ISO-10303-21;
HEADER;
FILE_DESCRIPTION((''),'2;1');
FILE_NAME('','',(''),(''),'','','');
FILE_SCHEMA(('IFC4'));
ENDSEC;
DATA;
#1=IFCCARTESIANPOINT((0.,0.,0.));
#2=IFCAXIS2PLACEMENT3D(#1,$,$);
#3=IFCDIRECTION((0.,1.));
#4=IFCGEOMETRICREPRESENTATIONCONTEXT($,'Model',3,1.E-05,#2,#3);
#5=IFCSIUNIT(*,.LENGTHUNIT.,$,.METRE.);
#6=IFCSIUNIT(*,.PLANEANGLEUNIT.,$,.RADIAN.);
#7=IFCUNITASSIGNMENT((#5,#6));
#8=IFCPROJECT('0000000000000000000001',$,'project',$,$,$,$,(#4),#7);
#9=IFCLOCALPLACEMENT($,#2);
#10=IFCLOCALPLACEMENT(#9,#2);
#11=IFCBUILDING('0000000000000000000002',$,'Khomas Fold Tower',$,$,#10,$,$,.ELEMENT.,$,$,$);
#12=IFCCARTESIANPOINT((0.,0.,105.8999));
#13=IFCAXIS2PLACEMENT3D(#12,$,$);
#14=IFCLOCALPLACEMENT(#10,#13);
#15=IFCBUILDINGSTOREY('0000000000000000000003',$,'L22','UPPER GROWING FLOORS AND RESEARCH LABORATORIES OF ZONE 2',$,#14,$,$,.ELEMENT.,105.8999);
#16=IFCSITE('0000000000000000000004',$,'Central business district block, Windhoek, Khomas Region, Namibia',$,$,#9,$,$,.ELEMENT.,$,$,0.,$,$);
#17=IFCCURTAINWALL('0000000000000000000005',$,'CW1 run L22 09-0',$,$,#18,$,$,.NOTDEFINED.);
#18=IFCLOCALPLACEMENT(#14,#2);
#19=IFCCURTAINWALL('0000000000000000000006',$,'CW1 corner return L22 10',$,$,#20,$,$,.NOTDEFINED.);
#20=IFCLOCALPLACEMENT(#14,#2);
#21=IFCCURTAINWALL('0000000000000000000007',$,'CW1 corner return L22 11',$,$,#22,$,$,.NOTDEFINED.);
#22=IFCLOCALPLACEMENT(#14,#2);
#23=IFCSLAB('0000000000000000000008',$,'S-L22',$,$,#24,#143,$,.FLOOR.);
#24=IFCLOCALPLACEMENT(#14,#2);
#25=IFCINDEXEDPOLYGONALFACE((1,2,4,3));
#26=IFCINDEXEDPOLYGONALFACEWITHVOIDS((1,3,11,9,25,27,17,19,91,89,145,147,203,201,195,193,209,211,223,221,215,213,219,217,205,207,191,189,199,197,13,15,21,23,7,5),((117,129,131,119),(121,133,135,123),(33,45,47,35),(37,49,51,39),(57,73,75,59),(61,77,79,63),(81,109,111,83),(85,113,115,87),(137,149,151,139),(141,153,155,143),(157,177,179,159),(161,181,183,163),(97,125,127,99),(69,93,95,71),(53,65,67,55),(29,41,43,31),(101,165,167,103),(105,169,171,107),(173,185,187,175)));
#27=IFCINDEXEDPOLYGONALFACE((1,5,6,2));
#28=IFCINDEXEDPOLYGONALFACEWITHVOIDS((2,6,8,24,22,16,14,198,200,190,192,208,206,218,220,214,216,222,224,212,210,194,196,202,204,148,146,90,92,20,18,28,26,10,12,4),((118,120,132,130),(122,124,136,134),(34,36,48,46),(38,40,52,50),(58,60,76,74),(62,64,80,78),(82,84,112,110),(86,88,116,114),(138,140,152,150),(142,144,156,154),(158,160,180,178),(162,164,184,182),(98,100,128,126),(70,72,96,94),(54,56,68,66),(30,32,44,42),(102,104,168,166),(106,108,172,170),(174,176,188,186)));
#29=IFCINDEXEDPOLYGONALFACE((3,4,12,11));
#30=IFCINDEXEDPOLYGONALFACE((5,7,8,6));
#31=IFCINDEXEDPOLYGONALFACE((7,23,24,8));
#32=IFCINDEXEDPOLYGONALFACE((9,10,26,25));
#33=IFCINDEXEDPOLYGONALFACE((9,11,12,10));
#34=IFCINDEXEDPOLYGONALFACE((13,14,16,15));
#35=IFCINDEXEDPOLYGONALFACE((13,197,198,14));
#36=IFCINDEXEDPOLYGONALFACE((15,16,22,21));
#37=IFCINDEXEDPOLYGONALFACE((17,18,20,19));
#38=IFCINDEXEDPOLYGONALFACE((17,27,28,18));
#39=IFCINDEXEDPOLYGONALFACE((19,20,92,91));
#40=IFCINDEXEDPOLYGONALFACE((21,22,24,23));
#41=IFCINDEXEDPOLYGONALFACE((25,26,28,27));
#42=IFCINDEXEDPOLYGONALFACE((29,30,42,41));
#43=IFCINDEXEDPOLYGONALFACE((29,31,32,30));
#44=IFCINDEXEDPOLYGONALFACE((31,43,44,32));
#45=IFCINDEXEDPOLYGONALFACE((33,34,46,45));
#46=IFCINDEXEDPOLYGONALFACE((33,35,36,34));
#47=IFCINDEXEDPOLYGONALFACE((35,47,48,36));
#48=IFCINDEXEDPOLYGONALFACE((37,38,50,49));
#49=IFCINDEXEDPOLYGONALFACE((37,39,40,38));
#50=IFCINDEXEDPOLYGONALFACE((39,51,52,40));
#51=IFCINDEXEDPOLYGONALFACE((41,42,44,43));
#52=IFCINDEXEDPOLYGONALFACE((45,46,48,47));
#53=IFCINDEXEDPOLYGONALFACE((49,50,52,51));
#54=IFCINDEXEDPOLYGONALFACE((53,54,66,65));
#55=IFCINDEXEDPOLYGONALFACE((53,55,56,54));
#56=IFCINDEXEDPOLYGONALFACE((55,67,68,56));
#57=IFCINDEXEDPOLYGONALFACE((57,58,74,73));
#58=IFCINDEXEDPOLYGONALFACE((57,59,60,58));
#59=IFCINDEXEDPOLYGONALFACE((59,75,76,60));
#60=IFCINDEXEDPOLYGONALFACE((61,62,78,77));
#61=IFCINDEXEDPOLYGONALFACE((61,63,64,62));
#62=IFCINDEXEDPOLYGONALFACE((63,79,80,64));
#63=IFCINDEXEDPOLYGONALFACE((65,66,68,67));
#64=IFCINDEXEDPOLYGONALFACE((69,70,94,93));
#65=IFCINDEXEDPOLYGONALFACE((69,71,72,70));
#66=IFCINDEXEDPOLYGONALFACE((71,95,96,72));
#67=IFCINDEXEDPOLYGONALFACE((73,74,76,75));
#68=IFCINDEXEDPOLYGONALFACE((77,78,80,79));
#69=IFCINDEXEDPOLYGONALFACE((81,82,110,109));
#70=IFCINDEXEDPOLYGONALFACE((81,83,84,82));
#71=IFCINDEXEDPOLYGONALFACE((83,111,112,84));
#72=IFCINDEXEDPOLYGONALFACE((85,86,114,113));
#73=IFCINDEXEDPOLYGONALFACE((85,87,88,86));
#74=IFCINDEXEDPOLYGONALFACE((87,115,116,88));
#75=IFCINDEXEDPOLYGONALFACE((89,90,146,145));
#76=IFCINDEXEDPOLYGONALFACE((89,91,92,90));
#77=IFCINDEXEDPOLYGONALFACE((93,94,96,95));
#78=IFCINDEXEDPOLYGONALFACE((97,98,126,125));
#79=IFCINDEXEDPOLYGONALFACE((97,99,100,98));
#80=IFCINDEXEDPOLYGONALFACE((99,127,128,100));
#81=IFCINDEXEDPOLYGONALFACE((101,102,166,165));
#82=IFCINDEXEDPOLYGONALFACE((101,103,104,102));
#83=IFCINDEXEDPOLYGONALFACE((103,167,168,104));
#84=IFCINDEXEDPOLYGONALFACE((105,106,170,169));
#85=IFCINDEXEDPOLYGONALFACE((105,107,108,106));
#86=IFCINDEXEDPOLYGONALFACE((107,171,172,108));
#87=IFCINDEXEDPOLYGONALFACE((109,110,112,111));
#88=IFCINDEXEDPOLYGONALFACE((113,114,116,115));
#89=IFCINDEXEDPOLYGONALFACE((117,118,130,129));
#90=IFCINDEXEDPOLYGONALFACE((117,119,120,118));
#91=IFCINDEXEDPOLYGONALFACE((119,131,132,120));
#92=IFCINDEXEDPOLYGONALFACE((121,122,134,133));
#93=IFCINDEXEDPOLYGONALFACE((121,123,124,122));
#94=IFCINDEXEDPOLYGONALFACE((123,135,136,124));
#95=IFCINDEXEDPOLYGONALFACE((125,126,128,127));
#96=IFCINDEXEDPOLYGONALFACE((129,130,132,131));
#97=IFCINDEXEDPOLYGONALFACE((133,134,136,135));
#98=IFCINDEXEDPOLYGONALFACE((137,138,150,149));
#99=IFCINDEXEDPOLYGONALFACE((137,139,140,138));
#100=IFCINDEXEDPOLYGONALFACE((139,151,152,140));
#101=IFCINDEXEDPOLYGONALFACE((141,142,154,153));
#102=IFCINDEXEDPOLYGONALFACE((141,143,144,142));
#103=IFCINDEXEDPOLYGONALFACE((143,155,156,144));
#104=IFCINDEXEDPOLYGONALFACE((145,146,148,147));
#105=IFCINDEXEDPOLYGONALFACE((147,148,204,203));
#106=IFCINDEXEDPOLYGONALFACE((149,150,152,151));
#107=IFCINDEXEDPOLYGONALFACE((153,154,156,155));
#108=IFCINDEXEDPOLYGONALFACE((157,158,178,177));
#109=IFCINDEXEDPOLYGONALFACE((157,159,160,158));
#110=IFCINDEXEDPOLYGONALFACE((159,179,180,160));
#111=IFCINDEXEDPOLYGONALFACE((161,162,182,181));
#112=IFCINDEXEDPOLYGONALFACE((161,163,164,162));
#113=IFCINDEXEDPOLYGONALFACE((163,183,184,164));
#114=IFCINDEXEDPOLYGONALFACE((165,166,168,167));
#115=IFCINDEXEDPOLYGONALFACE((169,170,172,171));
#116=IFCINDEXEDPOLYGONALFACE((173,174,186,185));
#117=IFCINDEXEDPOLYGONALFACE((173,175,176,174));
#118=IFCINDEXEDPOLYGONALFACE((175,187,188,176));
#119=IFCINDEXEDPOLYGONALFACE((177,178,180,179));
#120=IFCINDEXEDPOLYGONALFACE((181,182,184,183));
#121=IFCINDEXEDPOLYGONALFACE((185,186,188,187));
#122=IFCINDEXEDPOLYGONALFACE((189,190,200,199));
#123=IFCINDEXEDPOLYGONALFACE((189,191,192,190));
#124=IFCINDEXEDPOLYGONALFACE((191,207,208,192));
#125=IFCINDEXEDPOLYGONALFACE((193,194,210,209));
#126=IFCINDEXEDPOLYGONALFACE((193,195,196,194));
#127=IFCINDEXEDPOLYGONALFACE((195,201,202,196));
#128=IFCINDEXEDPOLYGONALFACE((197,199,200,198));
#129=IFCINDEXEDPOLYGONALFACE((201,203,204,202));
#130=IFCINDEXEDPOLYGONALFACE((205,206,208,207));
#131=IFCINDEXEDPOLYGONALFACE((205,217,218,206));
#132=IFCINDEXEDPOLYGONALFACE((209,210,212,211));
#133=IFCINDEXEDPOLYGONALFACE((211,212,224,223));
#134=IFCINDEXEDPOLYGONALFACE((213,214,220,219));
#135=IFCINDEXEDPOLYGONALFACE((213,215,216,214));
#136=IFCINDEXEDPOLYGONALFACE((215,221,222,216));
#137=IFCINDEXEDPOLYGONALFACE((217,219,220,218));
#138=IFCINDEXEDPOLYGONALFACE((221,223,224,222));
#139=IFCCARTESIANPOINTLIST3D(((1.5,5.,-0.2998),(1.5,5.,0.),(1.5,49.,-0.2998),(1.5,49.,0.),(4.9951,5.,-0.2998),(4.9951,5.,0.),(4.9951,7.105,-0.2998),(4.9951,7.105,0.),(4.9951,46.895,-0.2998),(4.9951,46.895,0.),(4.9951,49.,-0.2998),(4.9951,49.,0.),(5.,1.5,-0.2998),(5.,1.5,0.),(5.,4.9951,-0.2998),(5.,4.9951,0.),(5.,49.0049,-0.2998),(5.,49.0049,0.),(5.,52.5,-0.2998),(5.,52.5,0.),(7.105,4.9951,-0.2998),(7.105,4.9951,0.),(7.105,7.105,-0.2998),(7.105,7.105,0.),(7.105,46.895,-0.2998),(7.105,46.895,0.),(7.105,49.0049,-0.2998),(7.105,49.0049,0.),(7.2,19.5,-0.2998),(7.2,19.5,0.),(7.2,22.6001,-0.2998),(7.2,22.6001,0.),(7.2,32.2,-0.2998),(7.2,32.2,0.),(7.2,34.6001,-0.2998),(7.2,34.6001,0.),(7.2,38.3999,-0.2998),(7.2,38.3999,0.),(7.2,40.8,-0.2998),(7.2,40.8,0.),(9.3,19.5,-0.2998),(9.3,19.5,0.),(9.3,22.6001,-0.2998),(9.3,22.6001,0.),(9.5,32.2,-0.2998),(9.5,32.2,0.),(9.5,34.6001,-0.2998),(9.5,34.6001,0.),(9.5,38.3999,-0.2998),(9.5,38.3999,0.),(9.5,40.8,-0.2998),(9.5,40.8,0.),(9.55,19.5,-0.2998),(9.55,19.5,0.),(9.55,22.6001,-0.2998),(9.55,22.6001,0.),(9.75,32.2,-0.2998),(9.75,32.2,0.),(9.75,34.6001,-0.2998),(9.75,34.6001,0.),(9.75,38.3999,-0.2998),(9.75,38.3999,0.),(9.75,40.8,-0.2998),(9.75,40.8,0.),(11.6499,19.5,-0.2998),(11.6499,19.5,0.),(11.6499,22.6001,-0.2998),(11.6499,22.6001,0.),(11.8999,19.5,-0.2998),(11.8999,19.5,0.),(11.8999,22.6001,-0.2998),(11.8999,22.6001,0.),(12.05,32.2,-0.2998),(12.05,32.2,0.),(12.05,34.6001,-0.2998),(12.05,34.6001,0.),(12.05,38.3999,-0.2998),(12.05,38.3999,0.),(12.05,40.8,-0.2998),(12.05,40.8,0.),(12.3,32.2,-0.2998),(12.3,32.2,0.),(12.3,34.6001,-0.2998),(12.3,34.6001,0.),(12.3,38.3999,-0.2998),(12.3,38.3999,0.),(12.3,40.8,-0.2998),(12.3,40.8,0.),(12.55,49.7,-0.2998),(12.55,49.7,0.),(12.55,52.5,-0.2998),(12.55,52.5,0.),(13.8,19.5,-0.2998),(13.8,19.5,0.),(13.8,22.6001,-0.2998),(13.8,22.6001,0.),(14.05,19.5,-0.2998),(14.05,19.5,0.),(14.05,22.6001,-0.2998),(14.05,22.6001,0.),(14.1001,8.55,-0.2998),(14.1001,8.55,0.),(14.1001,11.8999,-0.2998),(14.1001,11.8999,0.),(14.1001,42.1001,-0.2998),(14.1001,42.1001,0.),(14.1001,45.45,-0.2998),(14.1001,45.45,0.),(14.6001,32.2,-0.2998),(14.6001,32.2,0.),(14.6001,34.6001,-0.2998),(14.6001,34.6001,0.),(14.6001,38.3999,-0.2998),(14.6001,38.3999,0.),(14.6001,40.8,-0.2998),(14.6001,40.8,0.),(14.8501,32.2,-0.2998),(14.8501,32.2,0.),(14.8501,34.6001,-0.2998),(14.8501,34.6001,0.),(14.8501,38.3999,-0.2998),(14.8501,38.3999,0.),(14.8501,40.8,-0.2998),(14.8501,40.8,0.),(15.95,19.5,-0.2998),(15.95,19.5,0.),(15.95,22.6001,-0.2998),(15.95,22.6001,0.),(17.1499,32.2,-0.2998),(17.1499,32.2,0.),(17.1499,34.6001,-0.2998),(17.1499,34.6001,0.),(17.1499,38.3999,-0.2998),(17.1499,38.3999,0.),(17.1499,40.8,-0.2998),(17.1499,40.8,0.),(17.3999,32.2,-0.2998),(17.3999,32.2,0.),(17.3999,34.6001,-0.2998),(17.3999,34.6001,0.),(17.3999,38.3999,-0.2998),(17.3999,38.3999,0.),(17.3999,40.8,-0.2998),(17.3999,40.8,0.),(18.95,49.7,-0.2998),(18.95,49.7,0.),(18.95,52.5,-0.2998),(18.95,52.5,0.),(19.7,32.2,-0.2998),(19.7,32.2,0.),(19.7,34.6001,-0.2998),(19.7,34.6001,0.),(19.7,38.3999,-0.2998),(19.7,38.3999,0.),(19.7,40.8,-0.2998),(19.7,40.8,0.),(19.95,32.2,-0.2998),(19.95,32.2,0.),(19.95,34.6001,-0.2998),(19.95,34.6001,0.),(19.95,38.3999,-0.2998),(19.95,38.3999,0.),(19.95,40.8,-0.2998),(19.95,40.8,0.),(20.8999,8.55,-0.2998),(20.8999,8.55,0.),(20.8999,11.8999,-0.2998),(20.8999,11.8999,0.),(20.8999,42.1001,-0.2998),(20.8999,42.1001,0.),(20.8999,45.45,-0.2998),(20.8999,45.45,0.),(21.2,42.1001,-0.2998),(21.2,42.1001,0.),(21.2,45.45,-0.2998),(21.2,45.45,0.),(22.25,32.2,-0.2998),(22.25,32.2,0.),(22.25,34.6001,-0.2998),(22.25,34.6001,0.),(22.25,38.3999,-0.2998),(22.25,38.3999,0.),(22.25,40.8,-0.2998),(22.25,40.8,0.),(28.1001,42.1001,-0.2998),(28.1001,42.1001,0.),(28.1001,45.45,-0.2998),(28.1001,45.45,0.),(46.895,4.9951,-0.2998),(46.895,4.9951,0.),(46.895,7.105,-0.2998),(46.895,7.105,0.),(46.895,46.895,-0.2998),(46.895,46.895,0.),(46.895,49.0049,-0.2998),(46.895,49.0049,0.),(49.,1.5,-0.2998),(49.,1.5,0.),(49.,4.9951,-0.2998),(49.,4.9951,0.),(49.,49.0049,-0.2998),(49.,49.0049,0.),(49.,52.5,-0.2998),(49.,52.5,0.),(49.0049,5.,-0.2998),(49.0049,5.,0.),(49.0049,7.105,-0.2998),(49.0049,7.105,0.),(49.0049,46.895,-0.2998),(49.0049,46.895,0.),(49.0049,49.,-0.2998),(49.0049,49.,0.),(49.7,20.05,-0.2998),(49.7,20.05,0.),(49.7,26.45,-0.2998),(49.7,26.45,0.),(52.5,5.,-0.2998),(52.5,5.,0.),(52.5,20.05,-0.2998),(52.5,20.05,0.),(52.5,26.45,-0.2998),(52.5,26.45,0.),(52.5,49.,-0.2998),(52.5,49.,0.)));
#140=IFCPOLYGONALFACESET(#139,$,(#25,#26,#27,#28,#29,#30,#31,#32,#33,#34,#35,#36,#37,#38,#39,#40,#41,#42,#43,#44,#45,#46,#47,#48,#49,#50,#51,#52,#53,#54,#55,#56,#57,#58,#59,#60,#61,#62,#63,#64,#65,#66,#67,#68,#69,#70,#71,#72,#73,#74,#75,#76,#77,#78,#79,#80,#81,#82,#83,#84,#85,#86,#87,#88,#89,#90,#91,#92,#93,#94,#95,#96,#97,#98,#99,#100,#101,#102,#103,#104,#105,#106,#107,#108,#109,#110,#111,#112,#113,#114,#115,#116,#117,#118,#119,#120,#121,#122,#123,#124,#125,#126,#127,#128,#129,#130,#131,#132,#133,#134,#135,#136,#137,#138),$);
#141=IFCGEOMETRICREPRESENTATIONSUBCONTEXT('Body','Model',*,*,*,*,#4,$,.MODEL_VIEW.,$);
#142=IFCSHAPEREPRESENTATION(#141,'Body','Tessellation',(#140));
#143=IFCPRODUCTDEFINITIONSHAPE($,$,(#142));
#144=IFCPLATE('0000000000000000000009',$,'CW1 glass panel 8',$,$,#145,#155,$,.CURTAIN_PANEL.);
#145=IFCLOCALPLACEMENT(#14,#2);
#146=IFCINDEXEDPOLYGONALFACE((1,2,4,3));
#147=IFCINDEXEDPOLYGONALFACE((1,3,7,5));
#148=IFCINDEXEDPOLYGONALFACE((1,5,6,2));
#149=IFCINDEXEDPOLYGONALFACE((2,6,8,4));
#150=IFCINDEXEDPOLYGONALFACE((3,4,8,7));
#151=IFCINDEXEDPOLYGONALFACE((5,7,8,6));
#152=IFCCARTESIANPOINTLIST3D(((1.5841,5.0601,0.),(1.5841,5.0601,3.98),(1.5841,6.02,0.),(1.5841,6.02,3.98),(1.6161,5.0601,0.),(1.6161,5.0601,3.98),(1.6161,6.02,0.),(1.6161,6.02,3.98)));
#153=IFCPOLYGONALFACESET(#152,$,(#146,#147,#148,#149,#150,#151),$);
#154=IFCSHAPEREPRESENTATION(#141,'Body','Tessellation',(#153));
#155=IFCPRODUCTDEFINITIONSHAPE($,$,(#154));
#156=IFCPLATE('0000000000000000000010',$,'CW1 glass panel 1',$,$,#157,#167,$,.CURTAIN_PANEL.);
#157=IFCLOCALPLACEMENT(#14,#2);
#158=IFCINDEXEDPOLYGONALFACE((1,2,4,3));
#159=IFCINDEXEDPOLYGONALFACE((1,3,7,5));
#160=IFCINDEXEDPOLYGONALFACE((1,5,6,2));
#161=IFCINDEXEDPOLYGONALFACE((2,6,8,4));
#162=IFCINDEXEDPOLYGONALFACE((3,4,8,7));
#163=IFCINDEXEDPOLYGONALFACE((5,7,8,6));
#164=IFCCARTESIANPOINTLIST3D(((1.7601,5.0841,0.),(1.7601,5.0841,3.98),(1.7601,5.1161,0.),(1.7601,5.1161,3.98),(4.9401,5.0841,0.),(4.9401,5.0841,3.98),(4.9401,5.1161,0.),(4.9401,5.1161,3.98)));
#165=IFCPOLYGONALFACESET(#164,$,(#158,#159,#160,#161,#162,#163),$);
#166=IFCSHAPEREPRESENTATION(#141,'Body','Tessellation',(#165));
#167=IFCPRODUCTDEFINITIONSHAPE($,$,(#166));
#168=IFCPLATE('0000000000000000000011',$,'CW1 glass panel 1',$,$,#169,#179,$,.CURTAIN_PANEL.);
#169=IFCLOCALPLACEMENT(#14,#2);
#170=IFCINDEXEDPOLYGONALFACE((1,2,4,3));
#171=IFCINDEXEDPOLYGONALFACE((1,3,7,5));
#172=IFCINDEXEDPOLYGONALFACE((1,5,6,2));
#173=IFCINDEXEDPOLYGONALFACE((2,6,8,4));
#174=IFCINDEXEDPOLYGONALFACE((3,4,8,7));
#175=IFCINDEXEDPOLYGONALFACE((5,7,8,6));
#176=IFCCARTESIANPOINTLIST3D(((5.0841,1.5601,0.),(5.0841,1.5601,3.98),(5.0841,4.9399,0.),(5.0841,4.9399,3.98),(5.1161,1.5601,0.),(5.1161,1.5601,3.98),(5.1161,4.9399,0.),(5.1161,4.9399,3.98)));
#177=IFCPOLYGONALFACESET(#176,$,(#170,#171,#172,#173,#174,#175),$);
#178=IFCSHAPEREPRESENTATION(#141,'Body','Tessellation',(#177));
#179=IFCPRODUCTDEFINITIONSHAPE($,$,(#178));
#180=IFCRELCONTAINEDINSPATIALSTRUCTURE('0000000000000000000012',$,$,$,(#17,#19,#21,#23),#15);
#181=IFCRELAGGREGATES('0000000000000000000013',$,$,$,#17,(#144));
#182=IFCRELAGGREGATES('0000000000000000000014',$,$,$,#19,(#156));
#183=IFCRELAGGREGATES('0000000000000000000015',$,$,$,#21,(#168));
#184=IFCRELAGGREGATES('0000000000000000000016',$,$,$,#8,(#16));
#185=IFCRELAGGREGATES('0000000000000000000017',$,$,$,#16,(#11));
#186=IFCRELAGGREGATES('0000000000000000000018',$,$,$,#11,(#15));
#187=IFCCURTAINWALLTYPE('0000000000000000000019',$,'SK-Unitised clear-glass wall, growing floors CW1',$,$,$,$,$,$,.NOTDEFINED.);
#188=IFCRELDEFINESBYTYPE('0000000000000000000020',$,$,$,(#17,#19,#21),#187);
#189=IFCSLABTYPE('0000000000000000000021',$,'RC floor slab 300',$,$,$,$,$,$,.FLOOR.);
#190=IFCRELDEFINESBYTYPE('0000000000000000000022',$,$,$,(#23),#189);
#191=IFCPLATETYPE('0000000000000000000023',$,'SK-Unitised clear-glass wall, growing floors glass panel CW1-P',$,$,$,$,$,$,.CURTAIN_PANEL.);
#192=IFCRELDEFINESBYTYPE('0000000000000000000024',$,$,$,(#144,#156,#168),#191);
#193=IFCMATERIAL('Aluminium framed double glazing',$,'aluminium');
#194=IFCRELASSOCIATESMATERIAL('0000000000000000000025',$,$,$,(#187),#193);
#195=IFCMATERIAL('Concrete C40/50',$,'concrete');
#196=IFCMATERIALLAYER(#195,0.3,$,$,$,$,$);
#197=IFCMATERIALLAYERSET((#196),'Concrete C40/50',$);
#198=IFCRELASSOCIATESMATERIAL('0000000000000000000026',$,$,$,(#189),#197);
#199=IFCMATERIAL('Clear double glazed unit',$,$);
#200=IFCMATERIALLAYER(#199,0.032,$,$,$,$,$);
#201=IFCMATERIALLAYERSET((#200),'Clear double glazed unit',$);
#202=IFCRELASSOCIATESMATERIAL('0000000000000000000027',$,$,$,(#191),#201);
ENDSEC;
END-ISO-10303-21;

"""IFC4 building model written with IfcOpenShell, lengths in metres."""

from ifc_helpers import new_model, si_unit, direction, frame, origin, origin_2d, place, context, subcontext, project, spatial, polyline, rectangle, outline, extrude, source, transform, mapped, material, layer, layer_set, type_object, element, aggregate, save


model = new_model("IFC4")

# Units and contexts
model_context = context("Model", 3, precision=1e-05, world=origin(), true_north=direction((0.0, 1.0)))
body_context = subcontext(model_context, "Body", "Model", "MODEL_VIEW")
ifc_project = project(units=[si_unit("LENGTHUNIT", "METRE"), si_unit("PLANEANGLEUNIT", "RADIAN")], contexts=[model_context])

# Site, building, storey
site_placement = place(None, origin())
site = spatial("IfcSite", under=ifc_project, at=site_placement, Name="Central business district block, Windhoek, Khomas Region, Namibia", CompositionType="ELEMENT", RefElevation=0.0)
building_placement = place(site_placement, origin())
building = spatial("IfcBuilding", under=site, at=building_placement, Name="Khomas Fold Tower", CompositionType="ELEMENT")
storey_placement = place(building_placement, frame((0.0, 0.0, 105.8999)))
storey = spatial("IfcBuildingStorey", under=building, at=storey_placement, Name="L22", Description="UPPER GROWING FLOORS AND RESEARCH LABORATORIES OF ZONE 2", CompositionType="ELEMENT", Elevation=105.8999)

# Curtain walls
ifc_material_1 = material(Name="Aluminium framed double glazing", Category="aluminium")
curtain_wall_type = type_object("IfcCurtainWallType", Name="SK-Unitised clear-glass wall, growing floors CW1", PredefinedType="NOTDEFINED", material=ifc_material_1)
curtain_wall_1_placement = place(storey_placement, origin())
curtain_wall_1 = element("IfcCurtainWall", 1, at=curtain_wall_1_placement, inside=storey, type_object=curtain_wall_type, Name="CW1 run L22 09-0", PredefinedType="NOTDEFINED")
curtain_wall_2_placement = place(storey_placement, origin())
curtain_wall_2 = element("IfcCurtainWall", 2, at=curtain_wall_2_placement, inside=storey, type_object=curtain_wall_type, Name="CW1 corner return L22 10", PredefinedType="NOTDEFINED")

# Curtain wall
curtain_wall_3_placement = place(storey_placement, origin())
curtain_wall_3 = element("IfcCurtainWall", 3, at=curtain_wall_3_placement, inside=storey, type_object=curtain_wall_type, Name="CW1 corner return L22 11", PredefinedType="NOTDEFINED")

# Slab
ifc_material_2 = material(Name="Concrete C40/50", Category="concrete")
ifc_layer_1 = layer(ifc_material_2, 0.3)
ifc_layer_set_1 = layer_set([ifc_layer_1], Name="Concrete C40/50")
slab_type_1 = type_object("IfcSlabType", Name="RC floor slab 300", PredefinedType="FLOOR", material=ifc_layer_set_1)
shared_shape_1 = source(origin(), body_context, "Body", "SweptSolid", [
    extrude(outline(polyline([(1.5, 5.0), (4.9951, 5.0), (4.9951, 7.105), (7.105, 7.105), (7.105, 4.9951), (5.0, 4.9951), (5.0, 1.5), (49.0, 1.5), (49.0, 4.9951), (46.895, 4.9951), (46.895, 7.105), (49.0049, 7.105), (49.0049, 5.0), (52.5, 5.0), (52.5, 20.05), (49.7, 20.05), (49.7, 26.45), (52.5, 26.45), (52.5, 49.0), (49.0049, 49.0), (49.0049, 46.895), (46.895, 46.895), (46.895, 49.0049), (49.0, 49.0049), (49.0, 52.5), (18.95, 52.5), (18.95, 49.7), (12.55, 49.7), (12.55, 52.5), (5.0, 52.5), (5.0, 49.0049), (7.105, 49.0049), (7.105, 46.895), (4.9951, 46.895), (4.9951, 49.0), (1.5, 49.0), (1.5, 5.0)]), holes=[polyline([(7.2, 19.5), (7.2, 22.6001), (9.3, 22.6001), (9.3, 19.5), (7.2, 19.5)]), polyline([(7.2, 32.2), (7.2, 34.6001), (9.5, 34.6001), (9.5, 32.2), (7.2, 32.2)]), polyline([(7.2, 38.3999), (7.2, 40.8), (9.5, 40.8), (9.5, 38.3999), (7.2, 38.3999)]), polyline([(9.55, 19.5), (9.55, 22.6001), (11.6499, 22.6001), (11.6499, 19.5), (9.55, 19.5)]), polyline([(9.75, 32.2), (9.75, 34.6001), (12.05, 34.6001), (12.05, 32.2), (9.75, 32.2)]), polyline([(9.75, 38.3999), (9.75, 40.8), (12.05, 40.8), (12.05, 38.3999), (9.75, 38.3999)]), polyline([(11.8999, 19.5), (11.8999, 22.6001), (13.8, 22.6001), (13.8, 19.5), (11.8999, 19.5)]), polyline([(12.3, 32.2), (12.3, 34.6001), (14.6001, 34.6001), (14.6001, 32.2), (12.3, 32.2)]), polyline([(12.3, 38.3999), (12.3, 40.8), (14.6001, 40.8), (14.6001, 38.3999), (12.3, 38.3999)]), polyline([(14.05, 19.5), (14.05, 22.6001), (15.95, 22.6001), (15.95, 19.5), (14.05, 19.5)]), polyline([(14.1001, 8.55), (14.1001, 11.8999), (20.8999, 11.8999), (20.8999, 8.55), (14.1001, 8.55)]), polyline([(14.1001, 42.1001), (14.1001, 45.45), (20.8999, 45.45), (20.8999, 42.1001), (14.1001, 42.1001)]), polyline([(14.8501, 32.2), (14.8501, 34.6001), (17.1499, 34.6001), (17.1499, 32.2), (14.8501, 32.2)]), polyline([(14.8501, 38.3999), (14.8501, 40.8), (17.1499, 40.8), (17.1499, 38.3999), (14.8501, 38.3999)]), polyline([(17.3999, 32.2), (17.3999, 34.6001), (19.7, 34.6001), (19.7, 32.2), (17.3999, 32.2)]), polyline([(17.3999, 38.3999), (17.3999, 40.8), (19.7, 40.8), (19.7, 38.3999), (17.3999, 38.3999)]), polyline([(19.95, 32.2), (19.95, 34.6001), (22.25, 34.6001), (22.25, 32.2), (19.95, 32.2)]), polyline([(19.95, 38.3999), (19.95, 40.8), (22.25, 40.8), (22.25, 38.3999), (19.95, 38.3999)]), polyline([(21.2, 42.1001), (21.2, 45.45), (28.1001, 45.45), (28.1001, 42.1001), (21.2, 42.1001)])]), origin(), (0.0, 0.0, 1.0), 0.2998),
])
slab_1_placement = place(storey_placement, frame((0.0, 0.0, -0.2998)))
element("IfcSlab", 4, at=slab_1_placement, inside=storey, type_object=slab_type_1, Name="S-L22", PredefinedType="FLOOR", context=body_context, shape_type="MappedRepresentation", body=[
    mapped(shared_shape_1, transform((0.0, 0.0, 0.0))),
])

# Plates
ifc_material_3 = material(Name="Clear double glazed unit")
ifc_layer_2 = layer(ifc_material_3, 0.032)
ifc_layer_set_2 = layer_set([ifc_layer_2], Name="Clear double glazed unit")
plate_type = type_object("IfcPlateType", Name="SK-Unitised clear-glass wall, growing floors glass panel CW1-P", PredefinedType="CURTAIN_PANEL", material=ifc_layer_set_2)
shared_shape_2 = source(origin(), body_context, "Body", "SweptSolid", [
    extrude(rectangle(XDim=0.96, YDim=0.032, at=origin_2d()), origin(), (0.0, 0.0, 1.0), 3.98),
])
plate_1_placement = place(storey_placement, frame((1.6001, 5.54, 0.0), z_axis=(0.0, 0.0, 1.0), x_axis=(0.0, -1.0, 0.0)))
plate_1 = element("IfcPlate", 5, at=plate_1_placement, type_object=plate_type, Name="CW1 glass panel 8", PredefinedType="CURTAIN_PANEL", context=body_context, shape_type="MappedRepresentation", body=[
    mapped(shared_shape_2, transform((0.0, 0.0, 0.0))),
])
aggregate(curtain_wall_1, [plate_1])
shared_shape_3 = source(origin(), body_context, "Body", "SweptSolid", [
    extrude(rectangle(XDim=3.1799, YDim=0.032, at=origin_2d()), origin(), (0.0, 0.0, 1.0), 3.98),
])
plate_2_placement = place(storey_placement, frame((3.3501, 5.1001, 0.0), z_axis=(0.0, 0.0, 1.0), x_axis=(1.0, 0.0, 0.0)))
plate_2 = element("IfcPlate", 6, at=plate_2_placement, type_object=plate_type, Name="CW1 glass panel 1", PredefinedType="CURTAIN_PANEL", context=body_context, shape_type="MappedRepresentation", body=[
    mapped(shared_shape_3, transform((0.0, 0.0, 0.0))),
])
aggregate(curtain_wall_2, [plate_2])
shared_shape_4 = source(origin(), body_context, "Body", "SweptSolid", [
    extrude(rectangle(XDim=3.3799, YDim=0.032, at=origin_2d()), origin(), (0.0, 0.0, 1.0), 3.98),
])
plate_3_placement = place(storey_placement, frame((5.1001, 3.25, 0.0), z_axis=(0.0, 0.0, 1.0), x_axis=(0.0, -1.0, 0.0)))
plate_3 = element("IfcPlate", 7, at=plate_3_placement, type_object=plate_type, Name="CW1 glass panel 1", PredefinedType="CURTAIN_PANEL", context=body_context, shape_type="MappedRepresentation", body=[
    mapped(shared_shape_4, transform((0.0, 0.0, 0.0))),
])
aggregate(curtain_wall_3, [plate_3])

save(model, "model.ifc")
